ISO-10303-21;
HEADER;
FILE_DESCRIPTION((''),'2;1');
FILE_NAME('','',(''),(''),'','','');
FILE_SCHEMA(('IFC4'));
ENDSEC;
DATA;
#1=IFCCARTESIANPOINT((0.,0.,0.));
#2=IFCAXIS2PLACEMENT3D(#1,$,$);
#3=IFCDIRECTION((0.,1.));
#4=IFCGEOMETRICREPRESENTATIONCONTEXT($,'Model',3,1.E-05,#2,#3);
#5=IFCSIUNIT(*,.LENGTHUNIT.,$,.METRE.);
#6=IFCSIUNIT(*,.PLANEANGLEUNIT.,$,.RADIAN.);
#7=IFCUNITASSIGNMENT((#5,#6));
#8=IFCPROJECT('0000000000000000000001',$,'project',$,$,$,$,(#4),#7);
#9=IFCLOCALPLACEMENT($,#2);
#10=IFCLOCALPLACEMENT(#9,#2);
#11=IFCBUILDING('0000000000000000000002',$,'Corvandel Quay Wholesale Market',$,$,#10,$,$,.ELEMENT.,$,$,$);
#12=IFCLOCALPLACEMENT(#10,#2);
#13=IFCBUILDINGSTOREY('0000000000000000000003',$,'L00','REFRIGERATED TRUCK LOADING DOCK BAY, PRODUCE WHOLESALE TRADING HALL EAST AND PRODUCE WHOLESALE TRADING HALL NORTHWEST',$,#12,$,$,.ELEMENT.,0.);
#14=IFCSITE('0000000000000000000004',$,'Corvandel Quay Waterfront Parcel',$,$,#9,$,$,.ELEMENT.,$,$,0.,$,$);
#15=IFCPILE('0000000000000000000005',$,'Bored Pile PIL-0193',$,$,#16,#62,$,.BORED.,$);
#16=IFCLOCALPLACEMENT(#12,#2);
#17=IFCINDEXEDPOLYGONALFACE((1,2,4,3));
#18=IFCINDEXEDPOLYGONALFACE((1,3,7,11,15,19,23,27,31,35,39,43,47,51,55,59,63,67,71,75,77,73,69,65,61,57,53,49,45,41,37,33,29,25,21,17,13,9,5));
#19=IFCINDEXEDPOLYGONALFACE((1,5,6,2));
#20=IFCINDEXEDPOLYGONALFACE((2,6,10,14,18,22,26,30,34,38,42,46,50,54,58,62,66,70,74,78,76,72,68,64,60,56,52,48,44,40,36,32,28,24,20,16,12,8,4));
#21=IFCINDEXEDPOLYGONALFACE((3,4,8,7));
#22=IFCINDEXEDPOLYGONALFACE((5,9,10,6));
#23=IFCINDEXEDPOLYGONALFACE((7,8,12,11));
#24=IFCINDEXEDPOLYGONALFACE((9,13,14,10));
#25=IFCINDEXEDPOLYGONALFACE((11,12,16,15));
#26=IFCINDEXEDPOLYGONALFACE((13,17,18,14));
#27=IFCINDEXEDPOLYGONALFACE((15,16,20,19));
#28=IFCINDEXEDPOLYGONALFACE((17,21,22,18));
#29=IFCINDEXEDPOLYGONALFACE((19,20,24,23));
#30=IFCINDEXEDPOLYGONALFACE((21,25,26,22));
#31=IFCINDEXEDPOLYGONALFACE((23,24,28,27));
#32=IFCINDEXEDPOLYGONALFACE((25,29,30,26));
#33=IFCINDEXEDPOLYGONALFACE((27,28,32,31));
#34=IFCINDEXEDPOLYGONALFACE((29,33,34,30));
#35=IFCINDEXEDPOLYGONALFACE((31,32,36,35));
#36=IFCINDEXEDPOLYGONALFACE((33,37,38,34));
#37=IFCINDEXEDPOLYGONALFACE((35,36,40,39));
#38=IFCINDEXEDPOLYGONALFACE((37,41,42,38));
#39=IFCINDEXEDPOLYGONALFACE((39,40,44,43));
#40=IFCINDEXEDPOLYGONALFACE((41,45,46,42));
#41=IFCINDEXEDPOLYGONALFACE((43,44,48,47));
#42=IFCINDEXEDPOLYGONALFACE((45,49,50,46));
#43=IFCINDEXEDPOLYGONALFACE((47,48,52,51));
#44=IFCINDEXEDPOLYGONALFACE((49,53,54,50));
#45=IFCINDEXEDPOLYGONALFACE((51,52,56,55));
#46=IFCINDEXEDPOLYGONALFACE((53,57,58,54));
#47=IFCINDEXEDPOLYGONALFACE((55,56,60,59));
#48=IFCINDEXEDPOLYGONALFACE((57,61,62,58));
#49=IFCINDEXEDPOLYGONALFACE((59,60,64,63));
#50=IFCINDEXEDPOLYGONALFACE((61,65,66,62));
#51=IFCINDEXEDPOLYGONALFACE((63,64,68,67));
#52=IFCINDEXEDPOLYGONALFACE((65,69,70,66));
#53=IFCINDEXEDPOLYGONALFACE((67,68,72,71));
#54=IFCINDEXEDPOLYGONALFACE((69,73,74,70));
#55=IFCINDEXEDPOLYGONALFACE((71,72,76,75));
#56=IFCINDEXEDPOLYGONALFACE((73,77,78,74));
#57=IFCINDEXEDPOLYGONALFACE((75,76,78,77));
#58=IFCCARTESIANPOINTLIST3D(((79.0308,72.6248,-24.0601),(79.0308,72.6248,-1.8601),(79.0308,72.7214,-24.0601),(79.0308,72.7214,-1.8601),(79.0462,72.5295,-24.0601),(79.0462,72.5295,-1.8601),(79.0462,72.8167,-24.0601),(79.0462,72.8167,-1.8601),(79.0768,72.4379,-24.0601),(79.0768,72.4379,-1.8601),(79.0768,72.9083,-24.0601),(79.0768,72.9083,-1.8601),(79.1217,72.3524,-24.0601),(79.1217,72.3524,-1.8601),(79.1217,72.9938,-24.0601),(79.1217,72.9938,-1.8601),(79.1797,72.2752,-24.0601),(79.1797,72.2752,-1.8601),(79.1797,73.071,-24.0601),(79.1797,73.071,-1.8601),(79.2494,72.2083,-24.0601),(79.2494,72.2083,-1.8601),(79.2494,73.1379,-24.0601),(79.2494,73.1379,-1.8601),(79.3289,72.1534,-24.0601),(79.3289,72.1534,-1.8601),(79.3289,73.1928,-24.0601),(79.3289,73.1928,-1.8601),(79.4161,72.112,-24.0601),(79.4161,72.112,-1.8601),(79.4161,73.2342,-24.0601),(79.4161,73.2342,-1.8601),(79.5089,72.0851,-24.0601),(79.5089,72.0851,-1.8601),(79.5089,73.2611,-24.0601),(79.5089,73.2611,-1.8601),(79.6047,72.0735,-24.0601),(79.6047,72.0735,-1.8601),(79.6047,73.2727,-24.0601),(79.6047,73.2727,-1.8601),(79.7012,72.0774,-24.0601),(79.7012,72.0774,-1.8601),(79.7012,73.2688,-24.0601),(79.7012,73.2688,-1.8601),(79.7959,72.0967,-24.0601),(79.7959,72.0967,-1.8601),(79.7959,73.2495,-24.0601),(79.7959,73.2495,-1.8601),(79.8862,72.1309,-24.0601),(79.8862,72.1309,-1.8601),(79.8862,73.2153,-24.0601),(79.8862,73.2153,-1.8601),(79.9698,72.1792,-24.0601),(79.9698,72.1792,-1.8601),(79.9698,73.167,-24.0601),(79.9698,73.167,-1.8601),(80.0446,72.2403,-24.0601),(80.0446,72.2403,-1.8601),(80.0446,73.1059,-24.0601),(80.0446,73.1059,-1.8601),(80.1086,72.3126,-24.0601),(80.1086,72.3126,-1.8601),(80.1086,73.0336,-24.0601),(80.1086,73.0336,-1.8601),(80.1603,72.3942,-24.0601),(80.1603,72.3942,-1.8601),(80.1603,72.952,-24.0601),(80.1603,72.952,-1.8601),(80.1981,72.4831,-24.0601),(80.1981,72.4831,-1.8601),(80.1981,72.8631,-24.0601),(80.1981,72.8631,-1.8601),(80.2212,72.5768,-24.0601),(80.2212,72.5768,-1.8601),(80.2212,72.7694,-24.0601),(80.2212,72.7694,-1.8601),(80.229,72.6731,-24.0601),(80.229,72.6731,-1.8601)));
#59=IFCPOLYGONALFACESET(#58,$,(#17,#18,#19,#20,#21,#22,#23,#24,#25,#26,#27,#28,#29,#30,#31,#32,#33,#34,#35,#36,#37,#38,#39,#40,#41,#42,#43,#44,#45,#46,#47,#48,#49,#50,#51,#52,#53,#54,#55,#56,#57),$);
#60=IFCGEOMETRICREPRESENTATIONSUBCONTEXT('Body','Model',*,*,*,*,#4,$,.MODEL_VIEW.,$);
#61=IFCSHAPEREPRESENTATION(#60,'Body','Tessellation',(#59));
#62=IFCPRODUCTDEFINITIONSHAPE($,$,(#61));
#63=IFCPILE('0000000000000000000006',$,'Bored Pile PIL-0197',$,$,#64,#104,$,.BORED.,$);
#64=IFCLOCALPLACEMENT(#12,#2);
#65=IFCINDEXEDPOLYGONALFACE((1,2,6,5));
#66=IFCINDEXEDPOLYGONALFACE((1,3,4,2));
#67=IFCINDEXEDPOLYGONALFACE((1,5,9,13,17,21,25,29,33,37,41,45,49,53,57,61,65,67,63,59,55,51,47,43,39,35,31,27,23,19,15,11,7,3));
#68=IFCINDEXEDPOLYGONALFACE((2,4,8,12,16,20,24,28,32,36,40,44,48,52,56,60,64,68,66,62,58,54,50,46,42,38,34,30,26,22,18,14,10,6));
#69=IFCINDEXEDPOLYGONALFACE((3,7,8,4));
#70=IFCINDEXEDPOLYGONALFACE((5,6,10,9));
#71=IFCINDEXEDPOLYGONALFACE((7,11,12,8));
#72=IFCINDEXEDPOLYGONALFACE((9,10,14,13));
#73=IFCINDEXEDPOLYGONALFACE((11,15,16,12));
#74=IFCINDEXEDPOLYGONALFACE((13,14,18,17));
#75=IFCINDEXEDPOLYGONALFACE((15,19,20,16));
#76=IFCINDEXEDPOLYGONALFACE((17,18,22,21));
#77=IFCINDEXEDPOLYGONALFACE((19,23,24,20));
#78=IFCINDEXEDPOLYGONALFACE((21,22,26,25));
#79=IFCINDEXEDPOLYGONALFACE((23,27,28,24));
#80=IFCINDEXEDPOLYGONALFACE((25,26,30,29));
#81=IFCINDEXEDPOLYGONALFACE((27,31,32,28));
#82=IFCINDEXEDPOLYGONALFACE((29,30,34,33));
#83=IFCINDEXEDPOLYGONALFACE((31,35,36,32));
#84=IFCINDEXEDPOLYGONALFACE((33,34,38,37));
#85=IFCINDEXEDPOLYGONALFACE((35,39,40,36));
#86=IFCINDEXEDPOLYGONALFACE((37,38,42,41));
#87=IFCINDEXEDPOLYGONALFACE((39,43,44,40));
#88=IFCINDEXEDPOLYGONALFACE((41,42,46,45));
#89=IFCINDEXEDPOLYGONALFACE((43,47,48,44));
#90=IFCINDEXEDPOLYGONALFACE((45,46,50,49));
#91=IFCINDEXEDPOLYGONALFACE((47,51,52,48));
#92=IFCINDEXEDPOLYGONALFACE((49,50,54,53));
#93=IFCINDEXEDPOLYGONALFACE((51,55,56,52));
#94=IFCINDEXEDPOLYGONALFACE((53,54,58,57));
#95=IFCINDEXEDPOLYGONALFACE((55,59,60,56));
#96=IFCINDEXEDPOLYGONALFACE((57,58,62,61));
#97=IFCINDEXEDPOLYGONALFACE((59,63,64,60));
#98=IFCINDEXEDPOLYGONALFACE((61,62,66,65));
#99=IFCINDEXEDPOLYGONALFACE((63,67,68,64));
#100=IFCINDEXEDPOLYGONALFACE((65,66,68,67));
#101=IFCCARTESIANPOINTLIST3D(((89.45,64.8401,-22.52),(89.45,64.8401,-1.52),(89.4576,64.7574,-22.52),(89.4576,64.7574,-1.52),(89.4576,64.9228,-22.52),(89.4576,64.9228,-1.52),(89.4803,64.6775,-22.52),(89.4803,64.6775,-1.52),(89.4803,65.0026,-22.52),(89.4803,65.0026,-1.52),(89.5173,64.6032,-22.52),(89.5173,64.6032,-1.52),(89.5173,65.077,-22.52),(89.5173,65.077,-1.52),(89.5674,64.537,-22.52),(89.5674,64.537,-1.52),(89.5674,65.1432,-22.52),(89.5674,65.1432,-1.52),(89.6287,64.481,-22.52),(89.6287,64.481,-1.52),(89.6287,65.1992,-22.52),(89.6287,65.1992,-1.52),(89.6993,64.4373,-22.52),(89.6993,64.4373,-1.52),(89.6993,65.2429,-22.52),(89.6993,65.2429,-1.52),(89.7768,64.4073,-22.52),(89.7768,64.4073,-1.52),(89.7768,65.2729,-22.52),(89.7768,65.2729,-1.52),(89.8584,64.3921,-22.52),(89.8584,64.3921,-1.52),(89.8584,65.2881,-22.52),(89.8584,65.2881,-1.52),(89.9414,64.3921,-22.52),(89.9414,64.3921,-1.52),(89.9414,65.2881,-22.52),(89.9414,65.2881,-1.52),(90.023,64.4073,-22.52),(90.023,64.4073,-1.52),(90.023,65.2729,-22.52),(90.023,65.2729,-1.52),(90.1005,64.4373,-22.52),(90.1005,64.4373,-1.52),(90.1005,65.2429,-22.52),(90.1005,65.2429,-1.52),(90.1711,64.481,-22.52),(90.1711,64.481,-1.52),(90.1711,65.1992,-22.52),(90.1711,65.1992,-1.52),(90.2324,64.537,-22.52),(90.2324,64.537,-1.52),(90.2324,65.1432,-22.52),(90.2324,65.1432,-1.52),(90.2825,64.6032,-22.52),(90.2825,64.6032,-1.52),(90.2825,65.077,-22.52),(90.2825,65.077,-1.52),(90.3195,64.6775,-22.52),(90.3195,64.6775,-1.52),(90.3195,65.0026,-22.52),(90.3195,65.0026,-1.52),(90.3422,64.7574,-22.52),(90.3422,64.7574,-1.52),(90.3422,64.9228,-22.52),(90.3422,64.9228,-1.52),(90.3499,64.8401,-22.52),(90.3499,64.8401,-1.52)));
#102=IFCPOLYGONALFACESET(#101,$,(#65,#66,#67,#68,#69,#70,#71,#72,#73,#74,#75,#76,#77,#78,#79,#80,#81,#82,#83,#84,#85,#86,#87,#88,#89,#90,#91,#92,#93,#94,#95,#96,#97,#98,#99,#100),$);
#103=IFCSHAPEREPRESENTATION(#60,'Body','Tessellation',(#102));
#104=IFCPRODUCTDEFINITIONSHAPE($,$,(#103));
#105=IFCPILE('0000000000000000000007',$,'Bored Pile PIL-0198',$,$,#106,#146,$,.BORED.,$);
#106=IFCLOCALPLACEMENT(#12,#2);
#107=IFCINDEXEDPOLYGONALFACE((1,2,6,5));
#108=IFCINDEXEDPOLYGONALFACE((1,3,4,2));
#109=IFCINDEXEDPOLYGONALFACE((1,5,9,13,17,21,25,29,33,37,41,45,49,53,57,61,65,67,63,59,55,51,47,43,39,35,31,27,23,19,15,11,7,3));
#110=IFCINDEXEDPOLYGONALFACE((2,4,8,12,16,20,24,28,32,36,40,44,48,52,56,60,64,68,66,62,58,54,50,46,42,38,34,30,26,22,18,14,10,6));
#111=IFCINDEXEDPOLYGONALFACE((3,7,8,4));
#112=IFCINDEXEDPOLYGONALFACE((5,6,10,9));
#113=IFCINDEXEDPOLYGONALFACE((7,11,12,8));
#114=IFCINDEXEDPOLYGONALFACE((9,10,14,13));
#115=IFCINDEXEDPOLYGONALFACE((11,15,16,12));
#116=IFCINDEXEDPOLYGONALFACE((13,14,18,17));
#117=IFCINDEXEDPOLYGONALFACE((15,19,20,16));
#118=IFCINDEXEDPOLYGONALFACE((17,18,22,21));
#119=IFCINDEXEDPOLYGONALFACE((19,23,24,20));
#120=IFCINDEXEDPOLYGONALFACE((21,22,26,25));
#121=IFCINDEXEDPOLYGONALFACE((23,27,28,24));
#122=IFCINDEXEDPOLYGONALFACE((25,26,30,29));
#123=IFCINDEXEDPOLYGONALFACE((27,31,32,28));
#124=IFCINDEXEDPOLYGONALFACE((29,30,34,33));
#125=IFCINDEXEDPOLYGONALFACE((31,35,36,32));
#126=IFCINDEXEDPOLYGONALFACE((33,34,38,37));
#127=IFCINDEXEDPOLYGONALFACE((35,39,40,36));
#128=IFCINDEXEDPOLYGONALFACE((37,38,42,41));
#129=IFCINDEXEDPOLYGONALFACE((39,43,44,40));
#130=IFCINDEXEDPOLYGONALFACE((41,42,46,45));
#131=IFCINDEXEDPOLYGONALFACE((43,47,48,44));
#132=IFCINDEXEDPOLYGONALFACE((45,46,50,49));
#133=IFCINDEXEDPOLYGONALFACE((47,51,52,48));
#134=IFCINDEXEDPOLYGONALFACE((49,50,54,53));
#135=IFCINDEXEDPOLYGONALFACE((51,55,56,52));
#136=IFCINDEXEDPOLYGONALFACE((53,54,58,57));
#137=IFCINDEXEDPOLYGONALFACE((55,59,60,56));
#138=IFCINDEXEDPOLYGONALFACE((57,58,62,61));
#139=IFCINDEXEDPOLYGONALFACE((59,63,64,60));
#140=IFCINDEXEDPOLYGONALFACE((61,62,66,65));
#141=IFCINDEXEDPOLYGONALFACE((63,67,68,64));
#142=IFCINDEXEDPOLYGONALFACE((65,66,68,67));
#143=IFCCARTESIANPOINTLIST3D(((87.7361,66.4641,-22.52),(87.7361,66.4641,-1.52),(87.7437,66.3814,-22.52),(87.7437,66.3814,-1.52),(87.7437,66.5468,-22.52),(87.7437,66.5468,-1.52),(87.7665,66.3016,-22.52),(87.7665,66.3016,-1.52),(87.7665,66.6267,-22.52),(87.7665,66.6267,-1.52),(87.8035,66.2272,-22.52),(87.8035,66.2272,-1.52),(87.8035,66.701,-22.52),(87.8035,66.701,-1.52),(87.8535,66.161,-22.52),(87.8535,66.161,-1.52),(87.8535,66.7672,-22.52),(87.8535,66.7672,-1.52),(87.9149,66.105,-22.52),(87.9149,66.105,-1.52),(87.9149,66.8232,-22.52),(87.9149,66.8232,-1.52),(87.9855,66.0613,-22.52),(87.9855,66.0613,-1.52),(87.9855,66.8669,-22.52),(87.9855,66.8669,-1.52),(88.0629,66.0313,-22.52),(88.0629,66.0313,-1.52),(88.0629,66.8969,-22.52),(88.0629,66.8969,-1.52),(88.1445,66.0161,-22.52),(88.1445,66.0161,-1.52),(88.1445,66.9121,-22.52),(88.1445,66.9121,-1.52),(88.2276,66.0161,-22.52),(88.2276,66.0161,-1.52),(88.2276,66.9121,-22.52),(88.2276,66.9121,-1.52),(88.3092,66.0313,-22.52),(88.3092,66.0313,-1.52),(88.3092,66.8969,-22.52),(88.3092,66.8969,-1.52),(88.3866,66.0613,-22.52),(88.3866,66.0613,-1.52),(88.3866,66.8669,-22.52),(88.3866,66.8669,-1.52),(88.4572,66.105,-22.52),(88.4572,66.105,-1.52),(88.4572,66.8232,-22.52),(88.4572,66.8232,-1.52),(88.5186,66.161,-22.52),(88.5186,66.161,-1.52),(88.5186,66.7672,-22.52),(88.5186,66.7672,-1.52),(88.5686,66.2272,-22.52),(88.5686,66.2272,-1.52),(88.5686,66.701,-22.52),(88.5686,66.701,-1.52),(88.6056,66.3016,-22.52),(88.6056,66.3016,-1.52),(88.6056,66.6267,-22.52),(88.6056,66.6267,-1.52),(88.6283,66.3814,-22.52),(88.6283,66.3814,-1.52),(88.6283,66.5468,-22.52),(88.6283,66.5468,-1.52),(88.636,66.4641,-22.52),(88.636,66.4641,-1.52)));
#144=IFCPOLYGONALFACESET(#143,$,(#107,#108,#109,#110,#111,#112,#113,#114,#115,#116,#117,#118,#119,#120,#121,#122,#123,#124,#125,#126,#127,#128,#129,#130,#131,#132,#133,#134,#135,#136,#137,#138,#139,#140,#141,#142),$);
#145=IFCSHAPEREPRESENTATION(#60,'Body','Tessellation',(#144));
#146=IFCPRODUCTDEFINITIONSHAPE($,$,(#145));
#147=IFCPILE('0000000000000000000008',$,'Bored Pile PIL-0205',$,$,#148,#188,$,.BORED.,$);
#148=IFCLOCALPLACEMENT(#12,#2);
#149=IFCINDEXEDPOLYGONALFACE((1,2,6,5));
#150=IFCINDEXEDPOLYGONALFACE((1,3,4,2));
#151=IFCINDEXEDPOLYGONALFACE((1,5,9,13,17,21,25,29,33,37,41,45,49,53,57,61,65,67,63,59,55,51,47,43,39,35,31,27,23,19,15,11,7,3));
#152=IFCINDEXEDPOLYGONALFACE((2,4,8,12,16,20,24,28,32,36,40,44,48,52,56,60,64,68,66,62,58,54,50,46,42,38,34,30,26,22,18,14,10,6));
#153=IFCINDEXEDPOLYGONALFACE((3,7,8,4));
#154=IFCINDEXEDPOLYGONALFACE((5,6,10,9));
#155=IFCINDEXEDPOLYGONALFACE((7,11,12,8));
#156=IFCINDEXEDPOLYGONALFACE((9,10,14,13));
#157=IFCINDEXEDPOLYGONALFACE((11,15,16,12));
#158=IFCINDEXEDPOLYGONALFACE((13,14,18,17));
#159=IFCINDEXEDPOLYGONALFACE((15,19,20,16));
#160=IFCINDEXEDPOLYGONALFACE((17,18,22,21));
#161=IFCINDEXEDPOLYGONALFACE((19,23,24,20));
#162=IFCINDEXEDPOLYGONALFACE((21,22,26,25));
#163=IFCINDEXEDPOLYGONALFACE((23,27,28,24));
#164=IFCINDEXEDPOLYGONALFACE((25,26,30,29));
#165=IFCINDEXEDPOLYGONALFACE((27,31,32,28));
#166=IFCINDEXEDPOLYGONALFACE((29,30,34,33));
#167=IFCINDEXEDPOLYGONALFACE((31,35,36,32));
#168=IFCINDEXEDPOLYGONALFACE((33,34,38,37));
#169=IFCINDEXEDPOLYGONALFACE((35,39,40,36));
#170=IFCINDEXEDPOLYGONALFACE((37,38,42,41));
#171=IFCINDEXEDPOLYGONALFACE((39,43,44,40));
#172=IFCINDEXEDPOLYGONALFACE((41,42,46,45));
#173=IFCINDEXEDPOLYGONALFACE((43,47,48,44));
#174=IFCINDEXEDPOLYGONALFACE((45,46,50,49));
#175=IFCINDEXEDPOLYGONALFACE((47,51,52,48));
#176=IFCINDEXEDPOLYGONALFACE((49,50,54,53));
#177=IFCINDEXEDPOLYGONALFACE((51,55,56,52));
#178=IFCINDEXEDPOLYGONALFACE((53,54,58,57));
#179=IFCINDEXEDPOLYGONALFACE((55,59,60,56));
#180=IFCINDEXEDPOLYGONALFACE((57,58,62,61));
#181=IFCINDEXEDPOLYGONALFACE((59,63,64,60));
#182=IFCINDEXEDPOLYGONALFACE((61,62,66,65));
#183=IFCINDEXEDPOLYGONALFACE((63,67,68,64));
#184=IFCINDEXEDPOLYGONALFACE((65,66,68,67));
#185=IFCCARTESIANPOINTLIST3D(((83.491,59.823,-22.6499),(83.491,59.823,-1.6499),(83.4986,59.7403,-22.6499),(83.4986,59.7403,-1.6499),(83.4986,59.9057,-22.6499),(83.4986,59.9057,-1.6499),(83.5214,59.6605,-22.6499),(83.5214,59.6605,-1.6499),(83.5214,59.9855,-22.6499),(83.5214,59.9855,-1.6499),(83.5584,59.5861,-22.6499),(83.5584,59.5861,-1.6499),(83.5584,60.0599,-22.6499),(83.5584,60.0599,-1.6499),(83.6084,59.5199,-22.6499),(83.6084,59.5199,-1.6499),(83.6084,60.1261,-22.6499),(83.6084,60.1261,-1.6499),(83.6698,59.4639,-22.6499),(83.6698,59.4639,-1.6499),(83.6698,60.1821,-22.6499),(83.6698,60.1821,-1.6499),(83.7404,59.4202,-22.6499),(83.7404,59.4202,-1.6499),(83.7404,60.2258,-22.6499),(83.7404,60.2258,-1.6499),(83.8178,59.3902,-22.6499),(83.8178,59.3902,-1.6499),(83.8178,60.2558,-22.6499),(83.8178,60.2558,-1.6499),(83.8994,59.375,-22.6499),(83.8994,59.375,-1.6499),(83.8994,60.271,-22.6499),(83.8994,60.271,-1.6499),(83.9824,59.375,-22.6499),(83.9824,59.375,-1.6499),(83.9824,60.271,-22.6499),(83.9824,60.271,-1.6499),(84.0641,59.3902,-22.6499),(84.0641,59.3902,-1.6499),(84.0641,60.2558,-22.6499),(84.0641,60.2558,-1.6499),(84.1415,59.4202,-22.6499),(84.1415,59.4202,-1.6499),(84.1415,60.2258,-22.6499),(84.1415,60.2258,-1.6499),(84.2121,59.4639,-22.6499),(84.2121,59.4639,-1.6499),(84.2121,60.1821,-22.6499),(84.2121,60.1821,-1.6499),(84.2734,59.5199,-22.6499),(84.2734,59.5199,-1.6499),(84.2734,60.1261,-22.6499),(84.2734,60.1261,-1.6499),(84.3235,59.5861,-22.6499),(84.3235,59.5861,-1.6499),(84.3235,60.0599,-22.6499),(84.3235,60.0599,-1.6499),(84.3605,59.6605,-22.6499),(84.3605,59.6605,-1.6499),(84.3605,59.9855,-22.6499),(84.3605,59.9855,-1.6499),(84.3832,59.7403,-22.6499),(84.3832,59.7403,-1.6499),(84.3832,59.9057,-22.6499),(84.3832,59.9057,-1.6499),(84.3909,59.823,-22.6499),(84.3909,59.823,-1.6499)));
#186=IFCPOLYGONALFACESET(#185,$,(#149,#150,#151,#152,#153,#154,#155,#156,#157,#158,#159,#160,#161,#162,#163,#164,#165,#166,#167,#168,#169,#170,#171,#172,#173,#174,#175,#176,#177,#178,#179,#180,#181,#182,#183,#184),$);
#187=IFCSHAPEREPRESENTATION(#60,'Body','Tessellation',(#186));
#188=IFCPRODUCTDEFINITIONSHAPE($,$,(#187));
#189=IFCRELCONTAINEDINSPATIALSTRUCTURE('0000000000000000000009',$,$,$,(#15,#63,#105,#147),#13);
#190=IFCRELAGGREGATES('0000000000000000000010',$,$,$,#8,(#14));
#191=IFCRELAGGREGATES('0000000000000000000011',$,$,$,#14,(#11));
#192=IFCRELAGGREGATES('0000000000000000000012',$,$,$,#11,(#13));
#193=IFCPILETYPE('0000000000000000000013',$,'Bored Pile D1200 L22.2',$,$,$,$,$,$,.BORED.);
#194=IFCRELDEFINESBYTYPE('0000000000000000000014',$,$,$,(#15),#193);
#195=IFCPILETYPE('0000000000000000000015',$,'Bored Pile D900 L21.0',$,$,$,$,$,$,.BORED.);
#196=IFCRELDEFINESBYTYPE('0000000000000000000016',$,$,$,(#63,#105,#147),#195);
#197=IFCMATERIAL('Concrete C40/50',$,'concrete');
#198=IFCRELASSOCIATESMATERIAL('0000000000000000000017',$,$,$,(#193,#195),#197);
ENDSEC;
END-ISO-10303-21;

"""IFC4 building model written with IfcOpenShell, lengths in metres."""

from ifc_helpers import new_model, si_unit, direction, frame, origin, origin_2d, place, context, subcontext, project, spatial, circle, extrude, material, material_profile, profile_set, type_object, element, save


model = new_model("IFC4")

# Units and contexts
model_context = context("Model", 3, precision=1e-05, world=origin(), true_north=direction((0.0, 1.0)))
body_context = subcontext(model_context, "Body", "Model", "MODEL_VIEW")
ifc_project = project(units=[si_unit("LENGTHUNIT", "METRE"), si_unit("PLANEANGLEUNIT", "RADIAN")], contexts=[model_context])

# Site, building, storey
site_placement = place(None, origin())
site = spatial("IfcSite", under=ifc_project, at=site_placement, Name="Corvandel Quay Waterfront Parcel", CompositionType="ELEMENT", RefElevation=0.0)
building_placement = place(site_placement, origin())
building = spatial("IfcBuilding", under=site, at=building_placement, Name="Corvandel Quay Wholesale Market", CompositionType="ELEMENT")
storey_placement = place(building_placement, origin())
storey = spatial("IfcBuildingStorey", under=building, at=storey_placement, Name="L00", Description="REFRIGERATED TRUCK LOADING DOCK BAY, PRODUCE WHOLESALE TRADING HALL EAST AND PRODUCE WHOLESALE TRADING HALL NORTHWEST", CompositionType="ELEMENT", Elevation=0.0)

# Piles
ifc_material_1 = material(Name="Concrete C40/50", Category="concrete")
ifc_material_profile_1 = material_profile(ifc_material_1, circle(Radius=0.6001, at=origin_2d()), Name="RC-PILE-D1200")
ifc_profile_set_1 = profile_set([ifc_material_profile_1], Name="Concrete C40/50")
pile_type_1 = type_object("IfcPileType", Name="Bored Pile D1200 L22.2", PredefinedType="BORED", material=ifc_profile_set_1)
pile_1_placement = place(storey_placement, frame((79.6289, 72.6731, -1.8601), z_axis=(0.0, 0.0, -1.0), x_axis=(1.0, 0.0, 0.0)))
element("IfcPile", 1, at=pile_1_placement, inside=storey, type_object=pile_type_1, Name="Bored Pile PIL-0193", PredefinedType="BORED", context=body_context, shape_type="SweptSolid", body=[
    extrude(circle(Radius=0.6001, at=origin_2d()), origin(), (0.0, 0.0, 1.0), 22.2),
])
ifc_material_profile_2 = material_profile(ifc_material_1, circle(Radius=0.45, at=origin_2d()), Name="RC-PILE-D900")
ifc_profile_set_2 = profile_set([ifc_material_profile_2], Name="Concrete C40/50")
pile_type_2 = type_object("IfcPileType", Name="Bored Pile D900 L21.0", PredefinedType="BORED", material=ifc_profile_set_2)
for number, where, z_axis, x_axis, name in (
    (2, (89.8999, 64.8401, -1.52), (0.0, 0.0, -1.0), (1.0, 0.0, 0.0), "Bored Pile PIL-0197"),
    (3, (88.186, 66.4641, -1.52), (0.0, 0.0, -1.0), (1.0, 0.0, 0.0), "Bored Pile PIL-0198"),
    (4, (83.9409, 59.823, -1.6499), (0.0, 0.0, -1.0), (1.0, 0.0, 0.0), "Bored Pile PIL-0205"),
):
    element("IfcPile", number, at=place(storey_placement, frame(where, z_axis=z_axis, x_axis=x_axis)), inside=storey, type_object=pile_type_2, Name=name, PredefinedType="BORED", context=body_context, shape_type="SweptSolid", body=[
        extrude(circle(Radius=0.45, at=origin_2d()), origin(), (0.0, 0.0, 1.0), 21.0),
    ])

save(model, "model.ifc")
